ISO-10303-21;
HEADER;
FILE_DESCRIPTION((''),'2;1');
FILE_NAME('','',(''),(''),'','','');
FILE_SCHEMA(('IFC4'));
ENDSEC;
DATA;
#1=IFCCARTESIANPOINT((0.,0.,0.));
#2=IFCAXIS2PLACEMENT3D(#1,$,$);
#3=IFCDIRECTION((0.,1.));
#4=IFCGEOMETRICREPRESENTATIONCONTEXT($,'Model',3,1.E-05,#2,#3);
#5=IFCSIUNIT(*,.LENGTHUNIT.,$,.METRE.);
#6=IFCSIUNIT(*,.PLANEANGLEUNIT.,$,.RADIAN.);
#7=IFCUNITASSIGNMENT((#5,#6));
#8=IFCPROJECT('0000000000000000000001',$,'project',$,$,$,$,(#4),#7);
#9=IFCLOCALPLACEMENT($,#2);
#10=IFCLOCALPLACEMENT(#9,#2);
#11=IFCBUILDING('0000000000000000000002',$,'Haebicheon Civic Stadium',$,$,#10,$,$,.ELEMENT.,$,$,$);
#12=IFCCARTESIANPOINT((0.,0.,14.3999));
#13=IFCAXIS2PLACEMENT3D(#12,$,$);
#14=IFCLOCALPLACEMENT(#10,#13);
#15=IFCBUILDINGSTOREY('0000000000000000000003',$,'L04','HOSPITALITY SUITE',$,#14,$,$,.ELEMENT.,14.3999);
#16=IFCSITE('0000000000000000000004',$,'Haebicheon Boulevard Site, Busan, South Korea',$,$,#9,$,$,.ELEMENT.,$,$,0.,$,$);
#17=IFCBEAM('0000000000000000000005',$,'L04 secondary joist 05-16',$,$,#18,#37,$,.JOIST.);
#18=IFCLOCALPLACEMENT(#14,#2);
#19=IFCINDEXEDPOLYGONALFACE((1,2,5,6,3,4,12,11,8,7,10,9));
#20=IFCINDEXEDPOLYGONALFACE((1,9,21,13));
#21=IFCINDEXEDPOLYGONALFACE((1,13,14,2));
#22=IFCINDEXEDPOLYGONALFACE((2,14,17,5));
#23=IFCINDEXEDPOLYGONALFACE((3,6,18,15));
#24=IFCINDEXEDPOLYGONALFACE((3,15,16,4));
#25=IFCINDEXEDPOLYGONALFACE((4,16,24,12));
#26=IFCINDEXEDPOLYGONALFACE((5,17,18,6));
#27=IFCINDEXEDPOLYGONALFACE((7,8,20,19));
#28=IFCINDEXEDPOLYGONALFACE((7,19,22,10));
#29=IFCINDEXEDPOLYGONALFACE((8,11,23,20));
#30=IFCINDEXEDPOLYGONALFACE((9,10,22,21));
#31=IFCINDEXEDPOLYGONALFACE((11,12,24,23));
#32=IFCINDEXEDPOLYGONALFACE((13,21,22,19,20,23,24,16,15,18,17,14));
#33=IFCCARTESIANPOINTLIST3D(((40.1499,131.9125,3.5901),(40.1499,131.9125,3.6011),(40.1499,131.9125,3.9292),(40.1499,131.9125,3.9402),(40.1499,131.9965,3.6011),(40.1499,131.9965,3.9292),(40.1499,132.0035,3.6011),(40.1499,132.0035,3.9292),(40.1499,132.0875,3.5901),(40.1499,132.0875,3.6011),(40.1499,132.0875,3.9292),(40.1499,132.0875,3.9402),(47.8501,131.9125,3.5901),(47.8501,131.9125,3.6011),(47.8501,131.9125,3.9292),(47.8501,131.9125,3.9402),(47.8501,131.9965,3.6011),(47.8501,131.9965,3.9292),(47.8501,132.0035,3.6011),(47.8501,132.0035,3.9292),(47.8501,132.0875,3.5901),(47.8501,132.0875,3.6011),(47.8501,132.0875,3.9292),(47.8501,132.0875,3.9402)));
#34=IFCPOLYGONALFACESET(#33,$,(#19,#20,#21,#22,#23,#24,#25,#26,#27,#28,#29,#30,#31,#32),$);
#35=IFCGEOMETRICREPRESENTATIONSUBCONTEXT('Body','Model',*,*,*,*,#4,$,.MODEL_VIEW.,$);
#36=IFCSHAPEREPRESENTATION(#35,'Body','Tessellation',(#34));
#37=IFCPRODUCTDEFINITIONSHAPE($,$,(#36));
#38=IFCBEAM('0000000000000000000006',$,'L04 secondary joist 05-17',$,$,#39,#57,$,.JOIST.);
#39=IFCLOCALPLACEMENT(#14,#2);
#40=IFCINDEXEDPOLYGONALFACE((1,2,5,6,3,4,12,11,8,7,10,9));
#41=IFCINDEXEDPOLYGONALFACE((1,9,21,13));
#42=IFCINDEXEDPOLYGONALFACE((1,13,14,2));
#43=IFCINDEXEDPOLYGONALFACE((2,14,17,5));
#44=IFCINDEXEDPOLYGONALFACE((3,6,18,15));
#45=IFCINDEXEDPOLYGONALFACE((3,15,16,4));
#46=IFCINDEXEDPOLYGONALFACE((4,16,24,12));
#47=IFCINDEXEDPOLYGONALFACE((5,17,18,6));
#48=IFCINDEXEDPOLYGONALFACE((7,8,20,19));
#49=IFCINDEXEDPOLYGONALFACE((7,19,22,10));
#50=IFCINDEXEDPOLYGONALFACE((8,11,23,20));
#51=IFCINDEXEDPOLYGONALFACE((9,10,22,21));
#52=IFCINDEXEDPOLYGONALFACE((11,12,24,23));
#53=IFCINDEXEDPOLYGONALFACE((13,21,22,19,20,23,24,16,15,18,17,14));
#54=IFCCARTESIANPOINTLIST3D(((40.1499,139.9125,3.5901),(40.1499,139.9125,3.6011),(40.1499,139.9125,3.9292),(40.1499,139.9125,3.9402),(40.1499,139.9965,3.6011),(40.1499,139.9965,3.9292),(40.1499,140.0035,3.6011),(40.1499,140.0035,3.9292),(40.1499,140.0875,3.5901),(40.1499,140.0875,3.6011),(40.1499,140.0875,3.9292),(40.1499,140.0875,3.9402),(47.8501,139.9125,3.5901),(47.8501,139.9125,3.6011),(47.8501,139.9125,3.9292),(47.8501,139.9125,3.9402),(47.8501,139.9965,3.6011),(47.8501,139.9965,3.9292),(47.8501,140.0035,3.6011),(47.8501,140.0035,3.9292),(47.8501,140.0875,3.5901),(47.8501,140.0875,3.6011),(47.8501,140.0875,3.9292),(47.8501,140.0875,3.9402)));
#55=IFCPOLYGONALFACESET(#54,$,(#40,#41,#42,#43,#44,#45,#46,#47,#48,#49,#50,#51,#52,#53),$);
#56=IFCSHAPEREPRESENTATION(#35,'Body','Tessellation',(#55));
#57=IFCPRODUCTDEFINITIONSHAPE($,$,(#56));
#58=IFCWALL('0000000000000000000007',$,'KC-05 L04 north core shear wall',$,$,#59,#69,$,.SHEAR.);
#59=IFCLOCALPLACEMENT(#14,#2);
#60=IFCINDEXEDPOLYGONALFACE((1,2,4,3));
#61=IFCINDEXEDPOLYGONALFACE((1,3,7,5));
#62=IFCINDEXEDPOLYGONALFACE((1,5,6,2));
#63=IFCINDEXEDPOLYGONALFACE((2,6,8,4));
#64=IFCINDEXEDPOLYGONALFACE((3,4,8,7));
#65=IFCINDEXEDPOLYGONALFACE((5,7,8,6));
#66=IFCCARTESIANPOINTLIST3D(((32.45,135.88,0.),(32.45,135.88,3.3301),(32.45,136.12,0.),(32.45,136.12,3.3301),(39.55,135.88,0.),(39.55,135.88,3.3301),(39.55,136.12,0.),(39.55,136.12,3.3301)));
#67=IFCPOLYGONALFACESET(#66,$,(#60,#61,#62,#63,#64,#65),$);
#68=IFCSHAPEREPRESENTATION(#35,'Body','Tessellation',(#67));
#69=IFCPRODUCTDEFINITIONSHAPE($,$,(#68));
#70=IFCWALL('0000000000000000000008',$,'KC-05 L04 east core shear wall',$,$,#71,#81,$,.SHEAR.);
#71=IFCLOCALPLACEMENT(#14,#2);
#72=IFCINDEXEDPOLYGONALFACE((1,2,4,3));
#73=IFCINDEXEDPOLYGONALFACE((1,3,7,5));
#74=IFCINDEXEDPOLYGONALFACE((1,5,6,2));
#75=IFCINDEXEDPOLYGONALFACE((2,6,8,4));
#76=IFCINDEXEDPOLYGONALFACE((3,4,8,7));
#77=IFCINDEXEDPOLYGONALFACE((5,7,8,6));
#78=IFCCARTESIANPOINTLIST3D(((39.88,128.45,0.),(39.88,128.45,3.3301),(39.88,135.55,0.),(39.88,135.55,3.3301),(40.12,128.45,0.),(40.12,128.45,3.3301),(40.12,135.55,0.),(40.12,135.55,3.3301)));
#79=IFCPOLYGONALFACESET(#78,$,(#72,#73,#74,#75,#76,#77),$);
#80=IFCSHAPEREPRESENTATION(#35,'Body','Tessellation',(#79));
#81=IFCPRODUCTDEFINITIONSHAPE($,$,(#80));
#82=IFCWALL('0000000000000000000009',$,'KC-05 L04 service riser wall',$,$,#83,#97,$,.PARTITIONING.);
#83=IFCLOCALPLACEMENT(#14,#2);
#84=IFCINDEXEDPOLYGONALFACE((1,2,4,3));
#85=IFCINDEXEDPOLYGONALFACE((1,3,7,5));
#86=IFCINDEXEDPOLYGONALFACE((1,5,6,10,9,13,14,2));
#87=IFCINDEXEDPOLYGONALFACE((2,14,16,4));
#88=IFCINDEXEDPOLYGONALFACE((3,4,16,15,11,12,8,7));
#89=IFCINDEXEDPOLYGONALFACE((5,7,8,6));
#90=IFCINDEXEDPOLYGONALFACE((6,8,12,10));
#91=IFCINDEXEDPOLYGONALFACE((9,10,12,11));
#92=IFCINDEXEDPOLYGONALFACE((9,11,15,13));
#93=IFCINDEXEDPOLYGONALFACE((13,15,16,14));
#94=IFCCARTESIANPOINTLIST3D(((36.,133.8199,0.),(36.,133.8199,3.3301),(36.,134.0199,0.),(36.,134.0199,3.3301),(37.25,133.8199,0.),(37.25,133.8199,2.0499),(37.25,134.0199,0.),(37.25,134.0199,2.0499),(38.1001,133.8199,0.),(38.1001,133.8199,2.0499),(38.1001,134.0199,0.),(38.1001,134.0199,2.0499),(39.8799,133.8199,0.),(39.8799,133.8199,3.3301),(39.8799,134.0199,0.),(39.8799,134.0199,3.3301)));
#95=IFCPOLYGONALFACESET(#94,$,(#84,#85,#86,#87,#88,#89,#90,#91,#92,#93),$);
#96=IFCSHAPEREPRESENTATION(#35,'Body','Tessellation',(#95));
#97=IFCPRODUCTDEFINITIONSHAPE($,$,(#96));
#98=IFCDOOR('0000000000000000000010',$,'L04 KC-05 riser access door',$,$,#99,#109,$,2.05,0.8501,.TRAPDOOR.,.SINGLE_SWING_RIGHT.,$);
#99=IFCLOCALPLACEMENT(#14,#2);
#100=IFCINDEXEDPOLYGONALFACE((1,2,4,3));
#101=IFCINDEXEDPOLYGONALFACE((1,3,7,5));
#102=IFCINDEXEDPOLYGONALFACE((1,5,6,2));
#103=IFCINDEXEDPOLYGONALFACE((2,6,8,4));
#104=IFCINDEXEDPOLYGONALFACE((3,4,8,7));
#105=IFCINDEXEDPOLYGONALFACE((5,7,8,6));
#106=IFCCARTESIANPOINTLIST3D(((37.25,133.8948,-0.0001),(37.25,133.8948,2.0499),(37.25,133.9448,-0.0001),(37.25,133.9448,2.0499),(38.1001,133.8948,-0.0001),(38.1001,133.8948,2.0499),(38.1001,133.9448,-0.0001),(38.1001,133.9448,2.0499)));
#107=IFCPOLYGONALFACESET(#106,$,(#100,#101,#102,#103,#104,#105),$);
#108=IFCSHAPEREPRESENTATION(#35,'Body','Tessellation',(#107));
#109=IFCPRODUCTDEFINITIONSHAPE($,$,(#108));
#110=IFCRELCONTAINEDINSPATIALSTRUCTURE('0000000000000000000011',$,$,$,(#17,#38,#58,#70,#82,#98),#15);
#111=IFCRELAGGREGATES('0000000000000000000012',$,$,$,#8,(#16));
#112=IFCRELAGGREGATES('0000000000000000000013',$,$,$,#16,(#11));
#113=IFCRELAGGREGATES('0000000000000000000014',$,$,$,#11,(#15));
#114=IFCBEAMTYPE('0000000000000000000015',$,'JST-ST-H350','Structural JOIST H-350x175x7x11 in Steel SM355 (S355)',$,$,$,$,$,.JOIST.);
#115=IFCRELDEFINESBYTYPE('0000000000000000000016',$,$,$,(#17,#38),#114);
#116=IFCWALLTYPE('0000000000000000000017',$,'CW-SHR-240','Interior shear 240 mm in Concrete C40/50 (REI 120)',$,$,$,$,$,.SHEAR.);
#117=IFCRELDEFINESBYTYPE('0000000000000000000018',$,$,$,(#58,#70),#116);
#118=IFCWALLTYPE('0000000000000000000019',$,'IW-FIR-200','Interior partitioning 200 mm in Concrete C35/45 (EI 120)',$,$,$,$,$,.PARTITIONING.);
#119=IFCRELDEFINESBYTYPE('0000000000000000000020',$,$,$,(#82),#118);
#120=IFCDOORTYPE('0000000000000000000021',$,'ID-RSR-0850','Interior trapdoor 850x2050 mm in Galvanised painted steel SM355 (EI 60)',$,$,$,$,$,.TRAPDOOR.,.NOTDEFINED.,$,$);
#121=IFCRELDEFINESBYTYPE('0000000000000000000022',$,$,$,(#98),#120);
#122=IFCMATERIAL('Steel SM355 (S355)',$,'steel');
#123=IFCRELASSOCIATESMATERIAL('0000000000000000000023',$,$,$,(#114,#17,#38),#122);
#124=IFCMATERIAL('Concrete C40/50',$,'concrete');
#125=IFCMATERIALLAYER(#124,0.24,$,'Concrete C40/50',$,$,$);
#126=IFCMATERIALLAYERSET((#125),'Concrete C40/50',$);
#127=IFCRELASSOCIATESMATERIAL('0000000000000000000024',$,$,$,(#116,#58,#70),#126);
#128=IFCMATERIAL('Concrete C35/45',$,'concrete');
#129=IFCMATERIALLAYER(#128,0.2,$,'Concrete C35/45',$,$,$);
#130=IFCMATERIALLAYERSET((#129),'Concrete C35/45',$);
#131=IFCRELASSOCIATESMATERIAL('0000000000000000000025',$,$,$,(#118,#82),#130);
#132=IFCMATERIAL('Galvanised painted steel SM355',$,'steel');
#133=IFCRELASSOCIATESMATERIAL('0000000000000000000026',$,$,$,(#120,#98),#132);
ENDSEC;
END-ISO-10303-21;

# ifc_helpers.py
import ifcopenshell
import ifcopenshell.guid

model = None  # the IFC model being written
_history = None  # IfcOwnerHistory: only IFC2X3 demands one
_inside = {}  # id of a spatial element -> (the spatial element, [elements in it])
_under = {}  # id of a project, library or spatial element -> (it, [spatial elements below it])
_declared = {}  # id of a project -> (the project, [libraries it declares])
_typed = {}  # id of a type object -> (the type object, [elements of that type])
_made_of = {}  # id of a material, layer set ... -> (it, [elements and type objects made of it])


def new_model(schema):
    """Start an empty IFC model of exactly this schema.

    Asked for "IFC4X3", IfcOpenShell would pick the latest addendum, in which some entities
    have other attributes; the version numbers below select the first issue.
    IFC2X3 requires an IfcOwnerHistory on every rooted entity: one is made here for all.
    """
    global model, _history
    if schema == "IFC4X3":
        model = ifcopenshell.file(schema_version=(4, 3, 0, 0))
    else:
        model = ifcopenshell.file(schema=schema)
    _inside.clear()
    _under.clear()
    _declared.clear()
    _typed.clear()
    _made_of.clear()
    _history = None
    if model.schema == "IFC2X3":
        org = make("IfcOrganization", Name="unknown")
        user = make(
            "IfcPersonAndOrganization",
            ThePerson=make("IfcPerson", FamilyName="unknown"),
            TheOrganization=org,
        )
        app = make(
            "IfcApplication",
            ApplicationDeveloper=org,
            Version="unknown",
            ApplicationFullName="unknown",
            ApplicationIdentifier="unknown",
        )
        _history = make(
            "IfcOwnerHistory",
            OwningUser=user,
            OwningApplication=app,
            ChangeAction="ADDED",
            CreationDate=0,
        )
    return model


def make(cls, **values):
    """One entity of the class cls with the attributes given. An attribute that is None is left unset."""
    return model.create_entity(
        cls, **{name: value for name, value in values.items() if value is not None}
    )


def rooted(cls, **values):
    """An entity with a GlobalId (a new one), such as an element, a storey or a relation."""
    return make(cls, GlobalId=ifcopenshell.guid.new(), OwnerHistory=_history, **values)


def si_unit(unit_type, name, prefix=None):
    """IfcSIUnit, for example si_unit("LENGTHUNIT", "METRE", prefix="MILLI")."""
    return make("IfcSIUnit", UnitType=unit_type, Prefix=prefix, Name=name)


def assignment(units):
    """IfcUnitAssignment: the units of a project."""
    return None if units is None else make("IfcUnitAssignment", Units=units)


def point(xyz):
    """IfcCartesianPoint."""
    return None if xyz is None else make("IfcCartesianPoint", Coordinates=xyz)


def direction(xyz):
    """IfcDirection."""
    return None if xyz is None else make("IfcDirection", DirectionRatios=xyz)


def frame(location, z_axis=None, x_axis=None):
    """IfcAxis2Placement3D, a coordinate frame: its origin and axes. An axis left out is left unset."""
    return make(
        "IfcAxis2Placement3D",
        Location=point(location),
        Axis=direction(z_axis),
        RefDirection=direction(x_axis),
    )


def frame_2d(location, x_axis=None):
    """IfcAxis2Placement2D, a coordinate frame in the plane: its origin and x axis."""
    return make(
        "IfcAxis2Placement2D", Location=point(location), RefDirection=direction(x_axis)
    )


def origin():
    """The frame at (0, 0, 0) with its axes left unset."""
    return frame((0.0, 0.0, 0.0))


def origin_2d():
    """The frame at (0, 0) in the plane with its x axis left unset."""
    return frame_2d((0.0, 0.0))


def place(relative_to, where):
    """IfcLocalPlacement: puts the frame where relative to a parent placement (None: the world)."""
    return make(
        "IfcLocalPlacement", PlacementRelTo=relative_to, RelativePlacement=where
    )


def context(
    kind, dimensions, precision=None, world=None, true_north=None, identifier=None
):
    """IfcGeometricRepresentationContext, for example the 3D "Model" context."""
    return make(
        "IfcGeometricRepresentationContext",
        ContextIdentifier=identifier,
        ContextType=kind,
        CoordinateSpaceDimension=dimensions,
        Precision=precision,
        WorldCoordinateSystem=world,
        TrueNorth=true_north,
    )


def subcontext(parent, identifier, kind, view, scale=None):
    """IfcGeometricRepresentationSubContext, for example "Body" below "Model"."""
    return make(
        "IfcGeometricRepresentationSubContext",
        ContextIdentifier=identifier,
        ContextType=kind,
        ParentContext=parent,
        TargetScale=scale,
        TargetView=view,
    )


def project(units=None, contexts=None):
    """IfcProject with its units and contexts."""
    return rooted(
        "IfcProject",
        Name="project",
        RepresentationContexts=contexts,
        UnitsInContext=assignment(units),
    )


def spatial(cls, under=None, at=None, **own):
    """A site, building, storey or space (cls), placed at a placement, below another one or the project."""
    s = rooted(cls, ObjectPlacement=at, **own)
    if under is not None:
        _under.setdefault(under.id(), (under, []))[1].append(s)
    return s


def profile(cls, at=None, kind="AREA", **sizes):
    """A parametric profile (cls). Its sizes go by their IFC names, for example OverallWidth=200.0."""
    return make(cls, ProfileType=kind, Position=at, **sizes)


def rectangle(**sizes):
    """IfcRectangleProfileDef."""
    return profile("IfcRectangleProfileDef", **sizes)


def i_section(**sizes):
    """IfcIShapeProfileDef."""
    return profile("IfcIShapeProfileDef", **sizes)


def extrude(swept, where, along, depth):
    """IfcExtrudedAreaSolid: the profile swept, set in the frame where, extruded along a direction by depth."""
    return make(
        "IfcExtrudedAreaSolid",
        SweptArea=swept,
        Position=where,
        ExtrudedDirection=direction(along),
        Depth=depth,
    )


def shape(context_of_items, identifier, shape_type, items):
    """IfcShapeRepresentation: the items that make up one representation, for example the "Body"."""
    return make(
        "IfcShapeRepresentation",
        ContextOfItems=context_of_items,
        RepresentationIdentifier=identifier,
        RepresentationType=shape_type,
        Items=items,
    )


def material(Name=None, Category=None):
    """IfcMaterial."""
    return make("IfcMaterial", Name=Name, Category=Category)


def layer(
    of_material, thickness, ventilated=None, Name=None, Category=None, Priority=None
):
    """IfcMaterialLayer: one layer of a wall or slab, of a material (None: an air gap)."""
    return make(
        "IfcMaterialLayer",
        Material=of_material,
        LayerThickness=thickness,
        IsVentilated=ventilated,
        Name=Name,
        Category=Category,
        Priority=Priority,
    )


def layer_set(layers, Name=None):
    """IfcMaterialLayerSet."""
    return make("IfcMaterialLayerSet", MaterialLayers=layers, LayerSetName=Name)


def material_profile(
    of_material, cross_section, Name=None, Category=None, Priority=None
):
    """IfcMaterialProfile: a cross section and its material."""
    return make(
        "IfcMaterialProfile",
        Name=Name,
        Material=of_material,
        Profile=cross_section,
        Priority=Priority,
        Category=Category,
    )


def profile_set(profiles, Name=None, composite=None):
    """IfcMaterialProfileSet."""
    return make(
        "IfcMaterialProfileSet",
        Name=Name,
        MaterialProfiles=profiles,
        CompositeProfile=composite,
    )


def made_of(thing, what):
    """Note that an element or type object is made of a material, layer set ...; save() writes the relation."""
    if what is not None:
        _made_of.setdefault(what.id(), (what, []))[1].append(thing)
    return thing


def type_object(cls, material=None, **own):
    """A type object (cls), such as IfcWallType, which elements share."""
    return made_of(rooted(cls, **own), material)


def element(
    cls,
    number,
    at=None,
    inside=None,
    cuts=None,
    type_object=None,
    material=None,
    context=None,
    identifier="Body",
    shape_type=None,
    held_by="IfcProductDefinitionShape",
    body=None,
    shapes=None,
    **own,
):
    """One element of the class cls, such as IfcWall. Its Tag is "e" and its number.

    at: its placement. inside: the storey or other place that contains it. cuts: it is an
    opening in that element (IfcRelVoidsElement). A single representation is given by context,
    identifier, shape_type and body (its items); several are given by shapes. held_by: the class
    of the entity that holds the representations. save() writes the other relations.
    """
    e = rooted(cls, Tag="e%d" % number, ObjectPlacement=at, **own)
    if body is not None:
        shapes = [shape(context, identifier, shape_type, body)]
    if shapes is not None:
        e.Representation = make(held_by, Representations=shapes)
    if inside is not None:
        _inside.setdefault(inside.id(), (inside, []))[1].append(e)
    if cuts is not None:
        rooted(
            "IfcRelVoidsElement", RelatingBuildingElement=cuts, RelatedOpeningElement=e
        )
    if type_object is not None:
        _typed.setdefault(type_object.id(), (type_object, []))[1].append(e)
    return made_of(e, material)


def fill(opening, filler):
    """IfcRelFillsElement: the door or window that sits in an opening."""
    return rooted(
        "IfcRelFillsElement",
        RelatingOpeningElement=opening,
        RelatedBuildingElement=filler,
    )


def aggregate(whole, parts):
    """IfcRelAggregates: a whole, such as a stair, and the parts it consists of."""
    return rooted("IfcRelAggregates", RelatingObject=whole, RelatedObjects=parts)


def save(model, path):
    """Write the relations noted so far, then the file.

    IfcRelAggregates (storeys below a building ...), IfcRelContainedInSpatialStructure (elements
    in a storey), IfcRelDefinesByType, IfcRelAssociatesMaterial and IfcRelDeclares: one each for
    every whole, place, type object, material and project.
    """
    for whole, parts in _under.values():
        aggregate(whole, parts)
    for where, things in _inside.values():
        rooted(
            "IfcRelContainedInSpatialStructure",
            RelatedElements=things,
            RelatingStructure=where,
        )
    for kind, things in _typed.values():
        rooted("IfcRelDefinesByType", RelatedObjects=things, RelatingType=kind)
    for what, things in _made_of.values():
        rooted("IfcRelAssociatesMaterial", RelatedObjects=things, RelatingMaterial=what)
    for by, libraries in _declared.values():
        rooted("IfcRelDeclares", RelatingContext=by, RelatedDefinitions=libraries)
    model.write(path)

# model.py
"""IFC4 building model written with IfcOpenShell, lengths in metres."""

from ifc_helpers import new_model, si_unit, direction, frame, frame_2d, origin, origin_2d, place, context, subcontext, project, spatial, rectangle, i_section, extrude, material, layer, layer_set, material_profile, profile_set, type_object, element, fill, save


model = new_model("IFC4")

# Units and contexts
model_context = context("Model", 3, precision=1e-05, world=origin(), true_north=direction((0.0, 1.0)))
body_context = subcontext(model_context, "Body", "Model", "MODEL_VIEW")
ifc_project = project(units=[si_unit("LENGTHUNIT", "METRE"), si_unit("PLANEANGLEUNIT", "RADIAN")], contexts=[model_context])

# Site, building, storey
site_placement = place(None, origin())
site = spatial("IfcSite", under=ifc_project, at=site_placement, Name="Haebicheon Boulevard Site, Busan, South Korea", CompositionType="ELEMENT", RefElevation=0.0)
building_placement = place(site_placement, origin())
building = spatial("IfcBuilding", under=site, at=building_placement, Name="Haebicheon Civic Stadium", CompositionType="ELEMENT")
storey_placement = place(building_placement, frame((0.0, 0.0, 14.3999)))
storey = spatial("IfcBuildingStorey", under=building, at=storey_placement, Name="L04", Description="HOSPITALITY SUITE", CompositionType="ELEMENT", Elevation=14.3999)

# Beams
ifc_material_1 = material(Name="Steel SM355 (S355)", Category="steel")
ifc_material_profile_1 = material_profile(ifc_material_1, i_section(OverallWidth=0.175, OverallDepth=0.3501, WebThickness=0.0071, FlangeThickness=0.011, at=origin_2d()), Name="H-350x175x7x11")
ifc_profile_set_1 = profile_set([ifc_material_profile_1], Name="Steel SM355 (S355)")
beam_type_1 = type_object("IfcBeamType", Name="JST-ST-H350", Description="Structural JOIST H-350x175x7x11 in Steel SM355 (S355)", PredefinedType="JOIST", material=ifc_profile_set_1)
for number, where, z_axis, x_axis, name in (
    (1, (40.1499, 132.0, 3.7651), (1.0, 0.0, 0.0), (0.0, 1.0, 0.0), "L04 secondary joist 05-16"),
    (2, (40.1499, 140.0, 3.7651), (1.0, 0.0, 0.0), (0.0, 1.0, 0.0), "L04 secondary joist 05-17"),
):
    element("IfcBeam", number, at=place(storey_placement, frame(where, z_axis=z_axis, x_axis=x_axis)), inside=storey, type_object=beam_type_1, material=ifc_profile_set_1, Name=name, PredefinedType="JOIST", context=body_context, shape_type="SweptSolid", body=[
        extrude(i_section(OverallWidth=0.175, OverallDepth=0.3501, WebThickness=0.0071, FlangeThickness=0.011, at=origin_2d()), origin(), (0.0, 0.0, 1.0), 7.7002),
    ])

# Walls
ifc_material_2 = material(Name="Concrete C40/50", Category="concrete")
ifc_layer_1 = layer(ifc_material_2, 0.24, Name="Concrete C40/50")
ifc_layer_set_1 = layer_set([ifc_layer_1], Name="Concrete C40/50")
wall_type_1 = type_object("IfcWallType", Name="CW-SHR-240", Description="Interior shear 240 mm in Concrete C40/50 (REI 120)", PredefinedType="SHEAR", material=ifc_layer_set_1)
for number, where, z_axis, x_axis, name in (
    (3, (32.45, 136.0, 0.0), (0.0, 0.0, 1.0), (1.0, 0.0, 0.0), "KC-05 L04 north core shear wall"),
    (4, (40.0, 128.45, 0.0), (0.0, 0.0, 1.0), (0.0, 1.0, 0.0), "KC-05 L04 east core shear wall"),
):
    element("IfcWall", number, at=place(storey_placement, frame(where, z_axis=z_axis, x_axis=x_axis)), inside=storey, type_object=wall_type_1, material=ifc_layer_set_1, Name=name, PredefinedType="SHEAR", context=body_context, shape_type="SweptSolid", body=[
        extrude(rectangle(XDim=7.1001, YDim=0.24, at=frame_2d((3.55, 0.0))), origin(), (0.0, 0.0, 1.0), 3.3301),
    ])

# Wall, opening, door
ifc_material_3 = material(Name="Concrete C35/45", Category="concrete")
ifc_layer_2 = layer(ifc_material_3, 0.2, Name="Concrete C35/45")
ifc_layer_set_2 = layer_set([ifc_layer_2], Name="Concrete C35/45")
wall_type_2 = type_object("IfcWallType", Name="IW-FIR-200", Description="Interior partitioning 200 mm in Concrete C35/45 (EI 120)", PredefinedType="PARTITIONING", material=ifc_layer_set_2)
wall_1_placement = place(storey_placement, frame((36.0, 133.9199, 0.0), z_axis=(0.0, 0.0, 1.0), x_axis=(1.0, 0.0, 0.0)))
wall_1 = element("IfcWall", 5, at=wall_1_placement, inside=storey, type_object=wall_type_2, material=ifc_layer_set_2, Name="KC-05 L04 service riser wall", PredefinedType="PARTITIONING", context=body_context, shape_type="SweptSolid", body=[
    extrude(rectangle(XDim=3.8799, YDim=0.2, at=frame_2d((1.9399, 0.0))), origin(), (0.0, 0.0, 1.0), 3.3301),
])
opening_1_placement = place(wall_1_placement, frame((1.25, 0.0, 0.0)))
opening_1 = element("IfcOpeningElement", 6, at=opening_1_placement, cuts=wall_1, PredefinedType="OPENING", context=body_context, shape_type="SweptSolid", body=[
    extrude(rectangle(XDim=0.8501, YDim=2.05, at=frame_2d((0.425, 1.0249))), frame((0.0, 0.1099, 0.0), z_axis=(0.0, -1.0, 0.0), x_axis=(1.0, 0.0, 0.0)), (0.0, 0.0, 1.0), 0.22),
])
ifc_material_4 = material(Name="Galvanised painted steel SM355", Category="steel")
door_type_1 = type_object("IfcDoorType", Name="ID-RSR-0850", Description="Interior trapdoor 850x2050 mm in Galvanised painted steel SM355 (EI 60)", OperationType="NOTDEFINED", PredefinedType="TRAPDOOR", material=ifc_material_4)
door_1_placement = place(opening_1_placement, origin())
door_1 = element("IfcDoor", 7, at=door_1_placement, inside=storey, type_object=door_type_1, material=ifc_material_4, Name="L04 KC-05 riser access door", OperationType="SINGLE_SWING_RIGHT", OverallHeight=2.05, OverallWidth=0.8501, PredefinedType="TRAPDOOR", context=body_context, shape_type="SweptSolid", body=[
    extrude(rectangle(XDim=0.8501, YDim=2.05, at=frame_2d((0.425, 1.0249))), frame((0.0, 0.0249, 0.0), z_axis=(0.0, -1.0, 0.0), x_axis=(1.0, 0.0, 0.0)), (0.0, 0.0, 1.0), 0.05),
])
fill(opening_1, door_1)

save(model, "model.ifc")
